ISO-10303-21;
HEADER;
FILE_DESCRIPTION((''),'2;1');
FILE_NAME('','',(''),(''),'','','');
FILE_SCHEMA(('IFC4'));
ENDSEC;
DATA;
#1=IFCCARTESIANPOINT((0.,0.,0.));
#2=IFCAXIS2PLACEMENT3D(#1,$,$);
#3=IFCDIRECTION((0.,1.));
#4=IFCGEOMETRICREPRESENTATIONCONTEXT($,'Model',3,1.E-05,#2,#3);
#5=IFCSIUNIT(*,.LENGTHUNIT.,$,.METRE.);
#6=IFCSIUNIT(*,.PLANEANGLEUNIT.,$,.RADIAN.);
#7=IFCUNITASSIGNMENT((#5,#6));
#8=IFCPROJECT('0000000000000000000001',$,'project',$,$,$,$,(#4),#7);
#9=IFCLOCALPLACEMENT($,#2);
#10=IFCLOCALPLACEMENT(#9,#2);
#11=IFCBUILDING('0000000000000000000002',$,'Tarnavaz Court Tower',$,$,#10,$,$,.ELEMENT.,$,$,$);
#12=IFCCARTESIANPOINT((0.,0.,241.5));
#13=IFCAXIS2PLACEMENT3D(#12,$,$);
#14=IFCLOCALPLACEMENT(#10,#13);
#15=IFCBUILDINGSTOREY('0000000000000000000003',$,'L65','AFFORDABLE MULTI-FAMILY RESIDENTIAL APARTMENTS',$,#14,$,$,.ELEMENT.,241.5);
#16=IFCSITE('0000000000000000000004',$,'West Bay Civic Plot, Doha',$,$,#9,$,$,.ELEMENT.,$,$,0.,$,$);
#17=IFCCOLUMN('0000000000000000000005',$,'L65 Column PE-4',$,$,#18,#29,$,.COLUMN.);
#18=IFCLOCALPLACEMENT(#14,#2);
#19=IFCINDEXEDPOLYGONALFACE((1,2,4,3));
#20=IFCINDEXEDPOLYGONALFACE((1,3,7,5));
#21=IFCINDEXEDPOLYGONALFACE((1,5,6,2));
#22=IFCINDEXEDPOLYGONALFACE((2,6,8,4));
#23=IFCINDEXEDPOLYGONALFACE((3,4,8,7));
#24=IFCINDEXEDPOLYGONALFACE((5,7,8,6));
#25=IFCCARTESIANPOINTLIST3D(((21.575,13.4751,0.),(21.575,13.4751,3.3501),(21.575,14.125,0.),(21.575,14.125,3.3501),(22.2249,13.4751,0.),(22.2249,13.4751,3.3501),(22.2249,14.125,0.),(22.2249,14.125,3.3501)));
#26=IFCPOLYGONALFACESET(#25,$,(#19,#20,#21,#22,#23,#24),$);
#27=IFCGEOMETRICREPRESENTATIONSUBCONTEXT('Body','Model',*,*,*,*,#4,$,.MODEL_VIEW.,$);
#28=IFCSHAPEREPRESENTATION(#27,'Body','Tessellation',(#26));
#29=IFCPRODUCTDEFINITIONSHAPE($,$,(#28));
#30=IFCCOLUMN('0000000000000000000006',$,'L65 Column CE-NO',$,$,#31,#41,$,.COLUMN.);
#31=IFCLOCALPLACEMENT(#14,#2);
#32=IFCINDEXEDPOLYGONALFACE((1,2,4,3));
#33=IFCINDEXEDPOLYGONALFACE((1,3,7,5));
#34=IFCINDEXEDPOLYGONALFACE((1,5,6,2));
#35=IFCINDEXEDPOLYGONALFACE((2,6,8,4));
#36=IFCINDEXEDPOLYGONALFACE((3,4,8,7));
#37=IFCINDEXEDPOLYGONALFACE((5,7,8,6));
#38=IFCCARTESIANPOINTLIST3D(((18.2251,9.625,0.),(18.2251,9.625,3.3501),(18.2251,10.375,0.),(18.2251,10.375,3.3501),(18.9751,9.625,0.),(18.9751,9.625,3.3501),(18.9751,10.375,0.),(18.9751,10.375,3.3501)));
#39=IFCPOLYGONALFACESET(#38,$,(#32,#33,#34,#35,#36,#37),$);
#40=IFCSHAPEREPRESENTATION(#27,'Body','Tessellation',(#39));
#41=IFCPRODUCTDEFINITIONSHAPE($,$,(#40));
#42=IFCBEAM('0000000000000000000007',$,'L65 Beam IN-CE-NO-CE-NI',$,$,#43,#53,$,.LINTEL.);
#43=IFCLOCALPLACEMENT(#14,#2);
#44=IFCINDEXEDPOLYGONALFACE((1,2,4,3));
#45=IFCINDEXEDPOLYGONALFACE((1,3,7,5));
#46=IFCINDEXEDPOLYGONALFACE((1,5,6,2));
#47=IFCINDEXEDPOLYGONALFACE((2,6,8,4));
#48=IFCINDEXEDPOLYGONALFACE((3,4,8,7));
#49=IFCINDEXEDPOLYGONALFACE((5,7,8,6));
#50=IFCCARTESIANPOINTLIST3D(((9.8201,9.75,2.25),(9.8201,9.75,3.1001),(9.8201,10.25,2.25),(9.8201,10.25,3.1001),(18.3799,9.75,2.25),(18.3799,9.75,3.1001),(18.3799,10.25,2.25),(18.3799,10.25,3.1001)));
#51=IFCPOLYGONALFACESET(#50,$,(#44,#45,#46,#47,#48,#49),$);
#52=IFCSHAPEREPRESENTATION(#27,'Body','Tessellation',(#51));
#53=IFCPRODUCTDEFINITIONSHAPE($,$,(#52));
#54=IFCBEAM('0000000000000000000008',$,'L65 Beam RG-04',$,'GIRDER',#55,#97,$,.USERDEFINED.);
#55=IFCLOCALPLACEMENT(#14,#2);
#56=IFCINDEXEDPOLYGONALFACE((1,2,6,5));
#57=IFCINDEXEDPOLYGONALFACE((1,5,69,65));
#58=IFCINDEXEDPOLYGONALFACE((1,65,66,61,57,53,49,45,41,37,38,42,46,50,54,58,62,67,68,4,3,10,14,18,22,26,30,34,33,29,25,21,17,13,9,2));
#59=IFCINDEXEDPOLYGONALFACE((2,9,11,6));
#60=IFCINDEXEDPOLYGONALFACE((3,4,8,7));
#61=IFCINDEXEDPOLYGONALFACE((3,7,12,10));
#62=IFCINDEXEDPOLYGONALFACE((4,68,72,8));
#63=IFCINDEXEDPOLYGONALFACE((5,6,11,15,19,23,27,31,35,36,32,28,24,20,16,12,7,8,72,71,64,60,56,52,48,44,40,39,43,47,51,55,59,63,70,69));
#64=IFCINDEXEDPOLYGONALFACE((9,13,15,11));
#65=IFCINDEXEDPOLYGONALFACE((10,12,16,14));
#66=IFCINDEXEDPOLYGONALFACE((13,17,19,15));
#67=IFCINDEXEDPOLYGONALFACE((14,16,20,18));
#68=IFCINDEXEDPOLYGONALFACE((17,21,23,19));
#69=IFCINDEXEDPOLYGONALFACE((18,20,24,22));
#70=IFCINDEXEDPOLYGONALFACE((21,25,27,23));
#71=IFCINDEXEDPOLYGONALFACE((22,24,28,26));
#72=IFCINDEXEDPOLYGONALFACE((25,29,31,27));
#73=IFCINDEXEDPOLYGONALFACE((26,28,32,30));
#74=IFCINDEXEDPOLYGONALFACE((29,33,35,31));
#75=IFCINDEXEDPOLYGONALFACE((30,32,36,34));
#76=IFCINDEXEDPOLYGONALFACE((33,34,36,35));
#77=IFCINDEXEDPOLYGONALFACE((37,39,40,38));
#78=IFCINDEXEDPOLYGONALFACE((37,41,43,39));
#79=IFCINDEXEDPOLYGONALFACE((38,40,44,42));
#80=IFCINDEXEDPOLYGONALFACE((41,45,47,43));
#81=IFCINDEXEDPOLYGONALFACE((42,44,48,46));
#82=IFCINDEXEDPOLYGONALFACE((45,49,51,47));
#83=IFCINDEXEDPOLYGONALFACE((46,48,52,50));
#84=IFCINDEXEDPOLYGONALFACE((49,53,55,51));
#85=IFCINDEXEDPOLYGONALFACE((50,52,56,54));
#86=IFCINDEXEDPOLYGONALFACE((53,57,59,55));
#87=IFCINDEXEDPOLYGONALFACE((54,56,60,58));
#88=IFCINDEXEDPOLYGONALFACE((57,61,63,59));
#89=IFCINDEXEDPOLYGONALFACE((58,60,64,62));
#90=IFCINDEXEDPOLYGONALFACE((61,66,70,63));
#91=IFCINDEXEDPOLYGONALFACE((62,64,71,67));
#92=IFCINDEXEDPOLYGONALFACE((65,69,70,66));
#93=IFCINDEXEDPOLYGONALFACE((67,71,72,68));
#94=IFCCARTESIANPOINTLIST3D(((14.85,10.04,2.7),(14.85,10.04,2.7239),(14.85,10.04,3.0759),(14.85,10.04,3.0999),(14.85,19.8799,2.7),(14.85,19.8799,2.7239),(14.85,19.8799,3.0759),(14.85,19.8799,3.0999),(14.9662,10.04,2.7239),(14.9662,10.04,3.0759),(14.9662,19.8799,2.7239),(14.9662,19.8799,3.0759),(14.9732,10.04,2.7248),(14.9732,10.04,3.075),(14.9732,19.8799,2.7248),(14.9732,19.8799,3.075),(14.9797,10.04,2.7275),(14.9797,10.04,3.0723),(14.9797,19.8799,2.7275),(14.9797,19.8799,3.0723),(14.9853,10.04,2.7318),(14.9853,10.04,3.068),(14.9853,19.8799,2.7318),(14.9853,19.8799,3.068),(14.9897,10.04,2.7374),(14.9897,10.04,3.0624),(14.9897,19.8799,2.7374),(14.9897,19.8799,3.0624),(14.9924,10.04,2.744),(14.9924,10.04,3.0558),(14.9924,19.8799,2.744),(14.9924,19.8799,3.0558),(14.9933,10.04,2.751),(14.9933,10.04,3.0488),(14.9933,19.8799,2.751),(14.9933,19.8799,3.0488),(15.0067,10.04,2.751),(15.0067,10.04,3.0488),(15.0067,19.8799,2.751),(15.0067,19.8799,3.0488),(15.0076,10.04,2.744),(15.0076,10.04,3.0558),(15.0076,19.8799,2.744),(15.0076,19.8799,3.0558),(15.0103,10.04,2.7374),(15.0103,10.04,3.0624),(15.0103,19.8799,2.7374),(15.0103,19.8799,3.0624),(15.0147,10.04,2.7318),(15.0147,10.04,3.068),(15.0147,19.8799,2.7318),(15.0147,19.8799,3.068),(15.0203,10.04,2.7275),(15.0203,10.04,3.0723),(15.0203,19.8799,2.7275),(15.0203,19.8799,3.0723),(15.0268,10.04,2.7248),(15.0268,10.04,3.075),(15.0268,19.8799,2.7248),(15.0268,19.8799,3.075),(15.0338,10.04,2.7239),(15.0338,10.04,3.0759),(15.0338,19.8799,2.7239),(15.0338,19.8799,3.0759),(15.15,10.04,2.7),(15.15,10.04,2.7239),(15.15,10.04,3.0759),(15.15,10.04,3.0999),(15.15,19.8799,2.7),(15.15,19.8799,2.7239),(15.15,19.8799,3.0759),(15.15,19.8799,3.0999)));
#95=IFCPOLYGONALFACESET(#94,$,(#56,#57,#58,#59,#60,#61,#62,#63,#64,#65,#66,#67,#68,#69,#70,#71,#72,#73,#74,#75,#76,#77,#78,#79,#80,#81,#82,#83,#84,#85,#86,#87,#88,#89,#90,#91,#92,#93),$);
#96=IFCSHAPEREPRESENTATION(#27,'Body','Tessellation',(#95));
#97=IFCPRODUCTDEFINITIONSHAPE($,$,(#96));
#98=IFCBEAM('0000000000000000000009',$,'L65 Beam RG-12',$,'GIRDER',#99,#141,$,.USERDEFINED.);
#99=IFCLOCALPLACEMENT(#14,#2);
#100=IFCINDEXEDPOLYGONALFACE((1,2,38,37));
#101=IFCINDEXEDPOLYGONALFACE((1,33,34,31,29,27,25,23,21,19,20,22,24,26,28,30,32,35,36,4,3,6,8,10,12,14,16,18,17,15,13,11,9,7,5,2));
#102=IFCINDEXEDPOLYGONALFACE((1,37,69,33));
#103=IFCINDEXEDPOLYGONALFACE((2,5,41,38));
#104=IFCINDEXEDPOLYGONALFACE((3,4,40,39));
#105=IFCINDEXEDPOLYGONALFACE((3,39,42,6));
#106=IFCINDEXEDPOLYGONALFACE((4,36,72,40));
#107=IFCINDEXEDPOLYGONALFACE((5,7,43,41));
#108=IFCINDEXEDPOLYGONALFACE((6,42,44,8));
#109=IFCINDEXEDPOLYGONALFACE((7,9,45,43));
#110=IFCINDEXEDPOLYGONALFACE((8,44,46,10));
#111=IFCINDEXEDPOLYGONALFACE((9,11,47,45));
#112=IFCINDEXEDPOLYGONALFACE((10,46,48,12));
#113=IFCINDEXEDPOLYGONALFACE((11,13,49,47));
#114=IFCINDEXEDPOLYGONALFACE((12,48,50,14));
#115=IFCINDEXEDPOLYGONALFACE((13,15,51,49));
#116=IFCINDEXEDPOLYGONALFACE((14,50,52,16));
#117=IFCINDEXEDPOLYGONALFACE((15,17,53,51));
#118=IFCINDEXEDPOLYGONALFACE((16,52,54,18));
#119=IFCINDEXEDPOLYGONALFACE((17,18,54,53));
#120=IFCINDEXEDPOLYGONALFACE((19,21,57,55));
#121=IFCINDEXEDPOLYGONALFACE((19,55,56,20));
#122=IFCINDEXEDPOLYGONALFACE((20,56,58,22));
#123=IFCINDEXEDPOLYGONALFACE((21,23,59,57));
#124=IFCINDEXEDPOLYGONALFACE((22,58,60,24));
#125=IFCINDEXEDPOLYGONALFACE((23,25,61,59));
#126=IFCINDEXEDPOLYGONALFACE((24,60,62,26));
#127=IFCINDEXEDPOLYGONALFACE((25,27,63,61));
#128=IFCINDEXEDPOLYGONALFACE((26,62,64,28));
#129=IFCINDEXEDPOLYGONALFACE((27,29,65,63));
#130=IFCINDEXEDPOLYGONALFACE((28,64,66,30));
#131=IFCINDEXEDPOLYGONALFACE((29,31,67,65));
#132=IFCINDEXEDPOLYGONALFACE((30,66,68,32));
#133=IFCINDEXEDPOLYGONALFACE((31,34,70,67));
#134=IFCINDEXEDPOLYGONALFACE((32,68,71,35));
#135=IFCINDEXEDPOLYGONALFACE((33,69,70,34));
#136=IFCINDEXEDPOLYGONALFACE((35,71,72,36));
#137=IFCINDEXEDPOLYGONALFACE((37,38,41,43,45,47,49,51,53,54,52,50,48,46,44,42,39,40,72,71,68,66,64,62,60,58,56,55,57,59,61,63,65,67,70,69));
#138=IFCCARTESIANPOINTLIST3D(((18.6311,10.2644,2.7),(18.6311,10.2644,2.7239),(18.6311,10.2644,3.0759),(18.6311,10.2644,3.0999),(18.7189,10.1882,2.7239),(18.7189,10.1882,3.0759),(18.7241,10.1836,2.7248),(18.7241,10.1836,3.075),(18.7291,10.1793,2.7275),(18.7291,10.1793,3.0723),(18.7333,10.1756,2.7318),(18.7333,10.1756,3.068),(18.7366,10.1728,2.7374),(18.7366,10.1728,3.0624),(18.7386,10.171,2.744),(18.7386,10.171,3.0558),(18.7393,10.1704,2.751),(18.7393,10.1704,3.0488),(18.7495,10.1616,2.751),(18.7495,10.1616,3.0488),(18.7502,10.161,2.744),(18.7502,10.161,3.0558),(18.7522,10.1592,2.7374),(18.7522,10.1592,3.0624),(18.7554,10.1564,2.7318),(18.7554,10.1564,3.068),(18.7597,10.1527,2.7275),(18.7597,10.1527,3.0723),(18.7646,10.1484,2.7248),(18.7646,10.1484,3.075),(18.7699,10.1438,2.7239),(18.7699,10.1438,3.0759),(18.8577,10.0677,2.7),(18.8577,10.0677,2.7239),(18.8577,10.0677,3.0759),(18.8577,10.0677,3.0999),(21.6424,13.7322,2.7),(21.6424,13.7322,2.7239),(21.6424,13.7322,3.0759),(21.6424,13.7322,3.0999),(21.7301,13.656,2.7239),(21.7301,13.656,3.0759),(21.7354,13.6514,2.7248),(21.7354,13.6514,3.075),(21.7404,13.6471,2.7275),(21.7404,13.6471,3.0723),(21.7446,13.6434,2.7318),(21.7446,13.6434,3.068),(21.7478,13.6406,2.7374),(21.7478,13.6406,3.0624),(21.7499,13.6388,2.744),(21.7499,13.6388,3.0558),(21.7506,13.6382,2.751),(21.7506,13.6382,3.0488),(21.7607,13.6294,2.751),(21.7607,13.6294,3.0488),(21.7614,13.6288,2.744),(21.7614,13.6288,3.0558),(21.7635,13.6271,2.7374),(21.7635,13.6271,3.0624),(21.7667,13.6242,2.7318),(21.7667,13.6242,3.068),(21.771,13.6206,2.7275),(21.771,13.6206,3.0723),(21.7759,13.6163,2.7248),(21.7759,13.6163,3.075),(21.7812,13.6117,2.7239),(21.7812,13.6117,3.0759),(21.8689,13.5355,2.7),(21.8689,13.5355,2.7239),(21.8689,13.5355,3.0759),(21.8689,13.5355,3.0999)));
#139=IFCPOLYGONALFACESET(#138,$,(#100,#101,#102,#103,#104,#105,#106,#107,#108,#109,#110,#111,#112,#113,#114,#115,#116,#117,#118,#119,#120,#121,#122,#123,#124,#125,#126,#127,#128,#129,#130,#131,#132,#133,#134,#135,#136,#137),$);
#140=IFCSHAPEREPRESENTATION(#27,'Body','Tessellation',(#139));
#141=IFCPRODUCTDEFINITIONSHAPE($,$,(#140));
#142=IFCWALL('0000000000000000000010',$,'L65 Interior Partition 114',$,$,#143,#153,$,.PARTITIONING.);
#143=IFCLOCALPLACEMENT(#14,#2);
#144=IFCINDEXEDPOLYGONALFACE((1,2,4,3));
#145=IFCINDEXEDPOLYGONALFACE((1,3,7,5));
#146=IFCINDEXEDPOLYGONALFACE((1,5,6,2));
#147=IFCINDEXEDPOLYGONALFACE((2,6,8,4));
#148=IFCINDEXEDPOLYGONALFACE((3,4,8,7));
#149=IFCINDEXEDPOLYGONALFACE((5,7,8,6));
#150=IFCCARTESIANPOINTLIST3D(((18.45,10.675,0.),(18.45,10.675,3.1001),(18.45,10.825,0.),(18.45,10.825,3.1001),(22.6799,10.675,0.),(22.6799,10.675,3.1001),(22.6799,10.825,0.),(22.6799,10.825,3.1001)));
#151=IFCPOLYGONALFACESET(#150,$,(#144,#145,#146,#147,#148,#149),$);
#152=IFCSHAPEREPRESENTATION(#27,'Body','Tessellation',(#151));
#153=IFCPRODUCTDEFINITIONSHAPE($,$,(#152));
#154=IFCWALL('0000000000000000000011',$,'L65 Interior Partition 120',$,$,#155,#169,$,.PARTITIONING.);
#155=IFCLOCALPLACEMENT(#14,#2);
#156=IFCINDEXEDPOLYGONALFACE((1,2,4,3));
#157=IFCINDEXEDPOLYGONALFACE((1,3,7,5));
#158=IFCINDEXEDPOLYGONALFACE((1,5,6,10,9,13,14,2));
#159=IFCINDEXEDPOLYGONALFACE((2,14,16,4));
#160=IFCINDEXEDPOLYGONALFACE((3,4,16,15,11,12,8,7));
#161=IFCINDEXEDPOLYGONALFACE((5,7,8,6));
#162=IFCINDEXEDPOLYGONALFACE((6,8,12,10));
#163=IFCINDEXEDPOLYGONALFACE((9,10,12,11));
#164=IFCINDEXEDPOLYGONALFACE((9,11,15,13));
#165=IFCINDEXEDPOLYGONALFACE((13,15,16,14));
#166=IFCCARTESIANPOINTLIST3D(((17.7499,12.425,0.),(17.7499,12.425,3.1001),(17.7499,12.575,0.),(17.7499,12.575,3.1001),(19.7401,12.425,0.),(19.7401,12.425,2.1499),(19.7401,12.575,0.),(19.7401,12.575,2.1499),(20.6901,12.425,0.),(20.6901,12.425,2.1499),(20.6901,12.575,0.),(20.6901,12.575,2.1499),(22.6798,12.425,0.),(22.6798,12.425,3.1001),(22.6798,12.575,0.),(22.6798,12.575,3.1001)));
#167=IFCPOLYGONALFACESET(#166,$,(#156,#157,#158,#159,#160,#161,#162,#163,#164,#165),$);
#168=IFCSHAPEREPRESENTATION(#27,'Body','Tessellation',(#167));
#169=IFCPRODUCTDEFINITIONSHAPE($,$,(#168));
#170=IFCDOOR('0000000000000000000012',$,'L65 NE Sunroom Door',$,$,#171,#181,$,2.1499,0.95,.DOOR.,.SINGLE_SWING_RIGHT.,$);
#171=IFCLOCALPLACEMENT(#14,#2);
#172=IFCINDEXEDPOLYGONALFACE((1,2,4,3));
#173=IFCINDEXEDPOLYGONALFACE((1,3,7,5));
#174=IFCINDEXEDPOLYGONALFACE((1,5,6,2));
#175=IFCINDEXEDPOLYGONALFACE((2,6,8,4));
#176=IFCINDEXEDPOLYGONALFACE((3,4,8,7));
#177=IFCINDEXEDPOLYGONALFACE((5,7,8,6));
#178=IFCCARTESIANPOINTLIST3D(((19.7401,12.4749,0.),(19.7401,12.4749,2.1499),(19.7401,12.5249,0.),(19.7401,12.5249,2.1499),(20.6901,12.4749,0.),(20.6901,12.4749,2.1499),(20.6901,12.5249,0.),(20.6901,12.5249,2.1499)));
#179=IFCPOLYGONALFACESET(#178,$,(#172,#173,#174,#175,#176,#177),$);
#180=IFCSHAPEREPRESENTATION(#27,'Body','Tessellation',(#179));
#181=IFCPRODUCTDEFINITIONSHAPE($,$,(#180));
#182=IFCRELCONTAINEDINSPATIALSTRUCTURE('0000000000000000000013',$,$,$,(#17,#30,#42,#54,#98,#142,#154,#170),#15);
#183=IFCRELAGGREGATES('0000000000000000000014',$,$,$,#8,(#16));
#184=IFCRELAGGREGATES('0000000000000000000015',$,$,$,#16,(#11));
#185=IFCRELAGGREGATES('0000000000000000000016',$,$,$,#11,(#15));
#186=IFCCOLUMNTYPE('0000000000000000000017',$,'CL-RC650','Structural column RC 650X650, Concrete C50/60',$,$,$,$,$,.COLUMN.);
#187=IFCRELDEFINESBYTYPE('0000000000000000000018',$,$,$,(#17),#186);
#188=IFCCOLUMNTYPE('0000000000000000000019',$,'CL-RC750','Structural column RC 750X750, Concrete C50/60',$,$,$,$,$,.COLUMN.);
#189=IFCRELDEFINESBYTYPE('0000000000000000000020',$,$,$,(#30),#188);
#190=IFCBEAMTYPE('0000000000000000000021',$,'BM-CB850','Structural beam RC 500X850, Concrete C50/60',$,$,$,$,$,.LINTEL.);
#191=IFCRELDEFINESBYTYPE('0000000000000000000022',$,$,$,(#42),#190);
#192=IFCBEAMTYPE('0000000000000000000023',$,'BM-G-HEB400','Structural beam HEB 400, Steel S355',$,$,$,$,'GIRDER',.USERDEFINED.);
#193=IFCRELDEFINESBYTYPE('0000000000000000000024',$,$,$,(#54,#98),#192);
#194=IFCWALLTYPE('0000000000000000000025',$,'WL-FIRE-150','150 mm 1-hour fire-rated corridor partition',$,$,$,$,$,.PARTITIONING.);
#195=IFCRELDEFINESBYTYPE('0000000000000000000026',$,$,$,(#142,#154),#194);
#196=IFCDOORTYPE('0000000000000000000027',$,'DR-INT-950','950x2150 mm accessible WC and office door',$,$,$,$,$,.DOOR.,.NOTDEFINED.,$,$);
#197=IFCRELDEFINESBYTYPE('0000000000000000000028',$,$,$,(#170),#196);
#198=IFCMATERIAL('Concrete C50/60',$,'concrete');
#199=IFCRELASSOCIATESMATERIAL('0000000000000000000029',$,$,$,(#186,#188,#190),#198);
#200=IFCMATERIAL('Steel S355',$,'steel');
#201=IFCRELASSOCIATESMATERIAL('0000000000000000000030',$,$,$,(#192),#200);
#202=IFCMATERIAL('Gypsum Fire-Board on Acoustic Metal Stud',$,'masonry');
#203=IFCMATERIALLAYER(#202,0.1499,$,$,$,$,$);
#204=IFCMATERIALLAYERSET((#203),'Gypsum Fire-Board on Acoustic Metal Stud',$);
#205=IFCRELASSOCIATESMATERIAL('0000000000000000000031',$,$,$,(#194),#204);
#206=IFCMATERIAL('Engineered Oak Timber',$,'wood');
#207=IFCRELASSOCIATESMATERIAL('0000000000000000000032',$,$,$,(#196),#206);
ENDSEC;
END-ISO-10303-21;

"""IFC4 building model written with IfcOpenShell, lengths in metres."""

from ifc_helpers import new_model, si_unit, direction, frame, frame_2d, origin, origin_2d, place, context, subcontext, project, spatial, rectangle, i_section, extrude, material, layer, layer_set, material_profile, profile_set, type_object, element, fill, save


model = new_model("IFC4")

# Units and contexts
model_context = context("Model", 3, precision=1e-05, world=origin(), true_north=direction((0.0, 1.0)))
body_context = subcontext(model_context, "Body", "Model", "MODEL_VIEW")
ifc_project = project(units=[si_unit("LENGTHUNIT", "METRE"), si_unit("PLANEANGLEUNIT", "RADIAN")], contexts=[model_context])

# Site, building, storey
site_placement = place(None, origin())
site = spatial("IfcSite", under=ifc_project, at=site_placement, Name="West Bay Civic Plot, Doha", CompositionType="ELEMENT", RefElevation=0.0)
building_placement = place(site_placement, origin())
building = spatial("IfcBuilding", under=site, at=building_placement, Name="Tarnavaz Court Tower", CompositionType="ELEMENT")
storey_placement = place(building_placement, frame((0.0, 0.0, 241.5)))
storey = spatial("IfcBuildingStorey", under=building, at=storey_placement, Name="L65", Description="AFFORDABLE MULTI-FAMILY RESIDENTIAL APARTMENTS", CompositionType="ELEMENT", Elevation=241.5)

# Columns
ifc_material_1 = material(Name="Concrete C50/60", Category="concrete")
ifc_material_profile_1 = material_profile(ifc_material_1, rectangle(XDim=0.6499, YDim=0.6499, at=origin_2d()), Name="RC 650X650")
ifc_profile_set_1 = profile_set([ifc_material_profile_1], Name="Concrete C50/60")
column_type_1 = type_object("IfcColumnType", Name="CL-RC650", Description="Structural column RC 650X650, Concrete C50/60", PredefinedType="COLUMN", material=ifc_profile_set_1)
column_1_placement = place(storey_placement, frame((21.8999, 13.8, 0.0), z_axis=(0.0, 0.0, 1.0), x_axis=(1.0, 0.0, 0.0)))
element("IfcColumn", 1, at=column_1_placement, inside=storey, type_object=column_type_1, Name="L65 Column PE-4", PredefinedType="COLUMN", context=body_context, shape_type="SweptSolid", body=[
    extrude(rectangle(XDim=0.6499, YDim=0.6499, at=origin_2d()), origin(), (0.0, 0.0, 1.0), 3.3501),
])
ifc_material_profile_2 = material_profile(ifc_material_1, rectangle(XDim=0.75, YDim=0.75, at=origin_2d()), Name="RC 750X750")
ifc_profile_set_2 = profile_set([ifc_material_profile_2], Name="Concrete C50/60")
column_type_2 = type_object("IfcColumnType", Name="CL-RC750", Description="Structural column RC 750X750, Concrete C50/60", PredefinedType="COLUMN", material=ifc_profile_set_2)
column_2_placement = place(storey_placement, frame((18.6001, 10.0, 0.0), z_axis=(0.0, 0.0, 1.0), x_axis=(1.0, 0.0, 0.0)))
element("IfcColumn", 2, at=column_2_placement, inside=storey, type_object=column_type_2, Name="L65 Column CE-NO", PredefinedType="COLUMN", context=body_context, shape_type="SweptSolid", body=[
    extrude(rectangle(XDim=0.75, YDim=0.75, at=origin_2d()), origin(), (0.0, 0.0, 1.0), 3.3501),
])

# Beams
ifc_material_profile_3 = material_profile(ifc_material_1, rectangle(XDim=0.5, YDim=0.8501, at=origin_2d()), Name="RC 500X850")
ifc_profile_set_3 = profile_set([ifc_material_profile_3], Name="Concrete C50/60")
beam_type_1 = type_object("IfcBeamType", Name="BM-CB850", Description="Structural beam RC 500X850, Concrete C50/60", PredefinedType="LINTEL", material=ifc_profile_set_3)
beam_1_placement = place(storey_placement, frame((18.3799, 10.0, 2.675), z_axis=(-1.0, 0.0, 0.0), x_axis=(0.0, -1.0, 0.0)))
element("IfcBeam", 3, at=beam_1_placement, inside=storey, type_object=beam_type_1, Name="L65 Beam IN-CE-NO-CE-NI", PredefinedType="LINTEL", context=body_context, shape_type="SweptSolid", body=[
    extrude(rectangle(XDim=0.5, YDim=0.8501, at=origin_2d()), origin(), (0.0, 0.0, 1.0), 8.5598),
])
ifc_material_2 = material(Name="Steel S355", Category="steel")
ifc_material_profile_4 = material_profile(ifc_material_2, i_section(OverallWidth=0.3, OverallDepth=0.3999, WebThickness=0.0134, FlangeThickness=0.0239, FilletRadius=0.0271, at=origin_2d()), Name="HEB 400")
ifc_profile_set_4 = profile_set([ifc_material_profile_4], Name="Steel S355")
beam_type_2 = type_object("IfcBeamType", Name="BM-G-HEB400", Description="Structural beam HEB 400, Steel S355", ElementType="GIRDER", PredefinedType="USERDEFINED", material=ifc_profile_set_4)
beam_2_placement = place(storey_placement, frame((15.0, 10.04, 2.8999), z_axis=(0.0, 1.0, 0.0), x_axis=(-1.0, 0.0, 0.0)))
element("IfcBeam", 4, at=beam_2_placement, inside=storey, type_object=beam_type_2, Name="L65 Beam RG-04", ObjectType="GIRDER", PredefinedType="USERDEFINED", context=body_context, shape_type="SweptSolid", body=[
    extrude(i_section(OverallWidth=0.3, OverallDepth=0.3999, WebThickness=0.0134, FlangeThickness=0.0239, FilletRadius=0.0271, at=origin_2d()), origin(), (0.0, 0.0, 1.0), 9.8398),
])
beam_3_placement = place(storey_placement, frame((18.7444, 10.166, 2.8999), z_axis=(0.655655, 0.755061, 0.0), x_axis=(-0.755061, 0.655655, 0.0)))
element("IfcBeam", 5, at=beam_3_placement, inside=storey, type_object=beam_type_2, Name="L65 Beam RG-12", ObjectType="GIRDER", PredefinedType="USERDEFINED", context=body_context, shape_type="SweptSolid", body=[
    extrude(i_section(OverallWidth=0.3, OverallDepth=0.3999, WebThickness=0.0134, FlangeThickness=0.0239, FilletRadius=0.0271, at=origin_2d()), origin(), (0.0, 0.0, 1.0), 4.5928),
])

# Wall
ifc_material_3 = material(Name="Gypsum Fire-Board on Acoustic Metal Stud", Category="masonry")
ifc_layer_1 = layer(ifc_material_3, 0.1499)
ifc_layer_set_1 = layer_set([ifc_layer_1], Name="Gypsum Fire-Board on Acoustic Metal Stud")
wall_type_1 = type_object("IfcWallType", Name="WL-FIRE-150", Description="150 mm 1-hour fire-rated corridor partition", PredefinedType="PARTITIONING", material=ifc_layer_set_1)
wall_1_placement = place(storey_placement, frame((18.45, 10.75, 0.0), z_axis=(0.0, 0.0, 1.0), x_axis=(1.0, 0.0, 0.0)))
element("IfcWall", 6, at=wall_1_placement, inside=storey, type_object=wall_type_1, Name="L65 Interior Partition 114", PredefinedType="PARTITIONING", context=body_context, shape_type="SweptSolid", body=[
    extrude(rectangle(XDim=4.23, YDim=0.1499, at=frame_2d((2.115, 0.0))), origin(), (0.0, 0.0, 1.0), 3.1001),
])

# Wall, opening, door
wall_2_placement = place(storey_placement, frame((17.75, 12.5, 0.0), z_axis=(0.0, 0.0, 1.0), x_axis=(1.0, 0.0, 0.0)))
wall_2 = element("IfcWall", 7, at=wall_2_placement, inside=storey, type_object=wall_type_1, Name="L65 Interior Partition 120", PredefinedType="PARTITIONING", context=body_context, shape_type="SweptSolid", body=[
    extrude(rectangle(XDim=4.9299, YDim=0.1499, at=frame_2d((2.4648, 0.0))), origin(), (0.0, 0.0, 1.0), 3.1001),
])
opening_1_placement = place(wall_2_placement, frame((1.99, 0.0, 0.0)))
opening_1 = element("IfcOpeningElement", 8, at=opening_1_placement, cuts=wall_2, PredefinedType="OPENING", context=body_context, shape_type="SweptSolid", body=[
    extrude(rectangle(XDim=0.95, YDim=2.1499, at=frame_2d((0.4751, 1.075))), frame((0.0, 0.085, 0.0), z_axis=(0.0, -1.0, 0.0), x_axis=(1.0, 0.0, 0.0)), (0.0, 0.0, 1.0), 0.1699),
])
ifc_material_4 = material(Name="Engineered Oak Timber", Category="wood")
door_type_1 = type_object("IfcDoorType", Name="DR-INT-950", Description="950x2150 mm accessible WC and office door", OperationType="NOTDEFINED", PredefinedType="DOOR", material=ifc_material_4)
door_1_placement = place(opening_1_placement, origin())
door_1 = element("IfcDoor", 9, at=door_1_placement, inside=storey, type_object=door_type_1, Name="L65 NE Sunroom Door", OperationType="SINGLE_SWING_RIGHT", OverallHeight=2.1499, OverallWidth=0.95, PredefinedType="DOOR", context=body_context, shape_type="SweptSolid", body=[
    extrude(rectangle(XDim=0.95, YDim=2.1499, at=frame_2d((0.4751, 1.075))), frame((0.0, 0.0249, 0.0), z_axis=(0.0, -1.0, 0.0), x_axis=(1.0, 0.0, 0.0)), (0.0, 0.0, 1.0), 0.05),
])
fill(opening_1, door_1)

save(model, "model.ifc")
